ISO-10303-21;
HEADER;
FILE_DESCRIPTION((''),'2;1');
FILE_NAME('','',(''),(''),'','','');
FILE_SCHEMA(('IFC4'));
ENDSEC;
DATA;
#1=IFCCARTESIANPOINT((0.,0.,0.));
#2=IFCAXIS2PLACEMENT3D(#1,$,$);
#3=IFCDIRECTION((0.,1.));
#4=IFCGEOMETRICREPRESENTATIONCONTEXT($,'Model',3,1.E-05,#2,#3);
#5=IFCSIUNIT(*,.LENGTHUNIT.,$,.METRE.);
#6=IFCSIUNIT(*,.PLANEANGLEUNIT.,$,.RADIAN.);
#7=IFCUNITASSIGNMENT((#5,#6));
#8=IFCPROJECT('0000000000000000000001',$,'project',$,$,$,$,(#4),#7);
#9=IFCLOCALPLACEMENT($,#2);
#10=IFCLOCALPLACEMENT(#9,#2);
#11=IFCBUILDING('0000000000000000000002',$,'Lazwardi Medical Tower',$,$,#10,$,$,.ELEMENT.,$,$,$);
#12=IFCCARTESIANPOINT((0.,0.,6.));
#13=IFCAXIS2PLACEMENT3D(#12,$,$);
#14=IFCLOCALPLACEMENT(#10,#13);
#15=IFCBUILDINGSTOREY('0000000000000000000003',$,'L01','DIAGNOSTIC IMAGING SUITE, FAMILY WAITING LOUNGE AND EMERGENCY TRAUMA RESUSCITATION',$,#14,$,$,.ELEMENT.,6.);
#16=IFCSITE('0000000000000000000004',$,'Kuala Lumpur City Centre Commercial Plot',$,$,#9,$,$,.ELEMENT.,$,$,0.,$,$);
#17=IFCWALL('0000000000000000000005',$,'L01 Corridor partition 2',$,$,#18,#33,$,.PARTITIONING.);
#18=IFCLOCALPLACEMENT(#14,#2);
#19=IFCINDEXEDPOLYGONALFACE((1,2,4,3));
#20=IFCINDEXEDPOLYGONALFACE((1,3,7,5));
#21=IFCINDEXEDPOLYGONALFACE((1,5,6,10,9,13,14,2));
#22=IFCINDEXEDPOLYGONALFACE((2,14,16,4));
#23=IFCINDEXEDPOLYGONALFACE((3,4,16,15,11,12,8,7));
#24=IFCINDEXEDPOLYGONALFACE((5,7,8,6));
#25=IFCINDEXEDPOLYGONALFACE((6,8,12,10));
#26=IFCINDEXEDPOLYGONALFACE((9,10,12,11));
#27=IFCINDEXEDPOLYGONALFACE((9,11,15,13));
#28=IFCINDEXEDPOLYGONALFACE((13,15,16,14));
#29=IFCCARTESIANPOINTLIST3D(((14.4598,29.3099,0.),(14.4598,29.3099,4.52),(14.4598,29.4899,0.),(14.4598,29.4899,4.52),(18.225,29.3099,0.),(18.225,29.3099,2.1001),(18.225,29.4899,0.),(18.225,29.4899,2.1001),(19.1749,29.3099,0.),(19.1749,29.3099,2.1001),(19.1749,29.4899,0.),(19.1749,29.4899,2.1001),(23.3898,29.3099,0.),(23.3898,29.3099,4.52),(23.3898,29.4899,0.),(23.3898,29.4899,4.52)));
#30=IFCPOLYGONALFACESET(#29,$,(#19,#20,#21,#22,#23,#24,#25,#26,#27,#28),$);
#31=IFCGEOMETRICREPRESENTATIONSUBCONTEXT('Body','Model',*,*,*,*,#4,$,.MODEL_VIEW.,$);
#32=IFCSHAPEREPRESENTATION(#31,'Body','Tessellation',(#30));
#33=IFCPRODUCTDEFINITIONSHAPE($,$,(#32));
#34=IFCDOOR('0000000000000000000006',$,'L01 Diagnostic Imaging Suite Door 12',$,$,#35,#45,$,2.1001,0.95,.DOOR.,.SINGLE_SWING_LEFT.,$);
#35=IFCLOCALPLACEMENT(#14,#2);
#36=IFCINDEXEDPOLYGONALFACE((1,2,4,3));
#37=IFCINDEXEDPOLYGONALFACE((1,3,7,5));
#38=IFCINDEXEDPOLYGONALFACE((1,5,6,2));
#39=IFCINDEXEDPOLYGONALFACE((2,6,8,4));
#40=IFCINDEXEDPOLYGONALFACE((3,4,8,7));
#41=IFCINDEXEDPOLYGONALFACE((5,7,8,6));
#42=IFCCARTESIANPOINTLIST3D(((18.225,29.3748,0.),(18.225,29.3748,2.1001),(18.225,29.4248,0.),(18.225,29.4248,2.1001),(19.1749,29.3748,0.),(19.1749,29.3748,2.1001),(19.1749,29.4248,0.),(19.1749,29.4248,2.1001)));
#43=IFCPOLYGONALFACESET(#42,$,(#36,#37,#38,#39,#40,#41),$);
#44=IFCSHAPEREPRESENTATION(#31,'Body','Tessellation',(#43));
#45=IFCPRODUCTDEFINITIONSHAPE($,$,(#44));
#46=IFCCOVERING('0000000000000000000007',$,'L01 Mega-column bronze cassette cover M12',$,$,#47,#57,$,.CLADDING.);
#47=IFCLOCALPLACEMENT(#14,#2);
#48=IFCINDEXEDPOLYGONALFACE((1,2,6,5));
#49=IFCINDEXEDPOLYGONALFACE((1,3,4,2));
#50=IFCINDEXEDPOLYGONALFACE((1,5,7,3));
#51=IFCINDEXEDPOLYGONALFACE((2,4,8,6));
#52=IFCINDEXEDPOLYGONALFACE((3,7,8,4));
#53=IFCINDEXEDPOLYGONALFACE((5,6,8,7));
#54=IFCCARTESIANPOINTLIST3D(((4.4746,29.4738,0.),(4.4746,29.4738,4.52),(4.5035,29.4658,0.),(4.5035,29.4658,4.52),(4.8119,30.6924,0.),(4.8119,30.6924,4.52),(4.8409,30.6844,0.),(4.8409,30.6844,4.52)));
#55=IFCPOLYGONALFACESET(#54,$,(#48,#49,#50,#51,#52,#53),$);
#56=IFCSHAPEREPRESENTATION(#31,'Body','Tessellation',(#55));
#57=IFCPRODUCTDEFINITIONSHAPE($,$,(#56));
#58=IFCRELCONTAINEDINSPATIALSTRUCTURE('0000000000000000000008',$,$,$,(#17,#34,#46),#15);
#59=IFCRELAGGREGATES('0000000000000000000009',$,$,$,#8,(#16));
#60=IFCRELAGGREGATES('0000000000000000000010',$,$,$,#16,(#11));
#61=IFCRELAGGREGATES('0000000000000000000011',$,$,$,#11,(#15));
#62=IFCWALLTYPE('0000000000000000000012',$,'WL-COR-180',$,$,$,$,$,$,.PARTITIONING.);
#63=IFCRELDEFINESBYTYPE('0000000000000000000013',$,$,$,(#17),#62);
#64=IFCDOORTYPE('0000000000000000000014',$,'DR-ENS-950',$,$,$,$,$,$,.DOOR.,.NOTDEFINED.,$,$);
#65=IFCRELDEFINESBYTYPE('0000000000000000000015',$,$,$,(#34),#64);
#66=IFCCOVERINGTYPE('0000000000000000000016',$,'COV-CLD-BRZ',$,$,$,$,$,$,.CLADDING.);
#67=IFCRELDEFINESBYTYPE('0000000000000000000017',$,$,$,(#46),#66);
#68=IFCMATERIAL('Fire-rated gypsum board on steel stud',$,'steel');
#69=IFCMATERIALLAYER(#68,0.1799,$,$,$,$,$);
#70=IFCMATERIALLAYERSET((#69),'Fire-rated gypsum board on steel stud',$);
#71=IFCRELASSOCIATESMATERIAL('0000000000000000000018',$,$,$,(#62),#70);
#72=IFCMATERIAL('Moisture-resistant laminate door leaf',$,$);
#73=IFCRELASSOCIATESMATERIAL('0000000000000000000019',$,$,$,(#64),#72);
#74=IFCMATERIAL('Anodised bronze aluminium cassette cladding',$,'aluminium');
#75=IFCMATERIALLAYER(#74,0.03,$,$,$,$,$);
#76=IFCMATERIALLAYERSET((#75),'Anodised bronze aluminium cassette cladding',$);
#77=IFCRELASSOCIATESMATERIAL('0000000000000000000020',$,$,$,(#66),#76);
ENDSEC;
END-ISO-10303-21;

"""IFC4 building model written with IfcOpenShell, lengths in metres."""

from ifc_helpers import new_model, si_unit, direction, frame, frame_2d, origin, origin_2d, place, context, subcontext, project, spatial, rectangle, extrude, material, layer, layer_set, type_object, element, fill, save


model = new_model("IFC4")

# Units and contexts
model_context = context("Model", 3, precision=1e-05, world=origin(), true_north=direction((0.0, 1.0)))
body_context = subcontext(model_context, "Body", "Model", "MODEL_VIEW")
ifc_project = project(units=[si_unit("LENGTHUNIT", "METRE"), si_unit("PLANEANGLEUNIT", "RADIAN")], contexts=[model_context])

# Site, building, storey
site_placement = place(None, origin())
site = spatial("IfcSite", under=ifc_project, at=site_placement, Name="Kuala Lumpur City Centre Commercial Plot", CompositionType="ELEMENT", RefElevation=0.0)
building_placement = place(site_placement, origin())
building = spatial("IfcBuilding", under=site, at=building_placement, Name="Lazwardi Medical Tower", CompositionType="ELEMENT")
storey_placement = place(building_placement, frame((0.0, 0.0, 6.0)))
storey = spatial("IfcBuildingStorey", under=building, at=storey_placement, Name="L01", Description="DIAGNOSTIC IMAGING SUITE, FAMILY WAITING LOUNGE AND EMERGENCY TRAUMA RESUSCITATION", CompositionType="ELEMENT", Elevation=6.0)

# Wall, opening, door
ifc_material_1 = material(Name="Fire-rated gypsum board on steel stud", Category="steel")
ifc_layer_1 = layer(ifc_material_1, 0.1799)
ifc_layer_set_1 = layer_set([ifc_layer_1], Name="Fire-rated gypsum board on steel stud")
wall_type = type_object("IfcWallType", Name="WL-COR-180", PredefinedType="PARTITIONING", material=ifc_layer_set_1)
wall_placement = place(storey_placement, frame((14.46, 29.3999, 0.0), z_axis=(0.0, 0.0, 1.0), x_axis=(1.0, 0.0, 0.0)))
wall = element("IfcWall", 1, at=wall_placement, inside=storey, type_object=wall_type, Name="L01 Corridor partition 2", PredefinedType="PARTITIONING", context=body_context, shape_type="SweptSolid", body=[
    extrude(rectangle(XDim=8.9299, YDim=0.1799, at=frame_2d((4.4648, 0.0))), origin(), (0.0, 0.0, 1.0), 4.52),
])
opening_placement = place(wall_placement, frame((3.7649, 0.0, 0.0)))
opening = element("IfcOpeningElement", 2, at=opening_placement, cuts=wall, PredefinedType="OPENING", context=body_context, shape_type="SweptSolid", body=[
    extrude(rectangle(XDim=0.95, YDim=2.1001, at=frame_2d((0.4751, 1.05))), frame((0.0, 0.0999, 0.0), z_axis=(0.0, -1.0, 0.0), x_axis=(1.0, 0.0, 0.0)), (0.0, 0.0, 1.0), 0.2),
])
ifc_material_2 = material(Name="Moisture-resistant laminate door leaf")
door_type = type_object("IfcDoorType", Name="DR-ENS-950", OperationType="NOTDEFINED", PredefinedType="DOOR", material=ifc_material_2)
door_placement = place(opening_placement, origin())
door = element("IfcDoor", 3, at=door_placement, inside=storey, type_object=door_type, Name="L01 Diagnostic Imaging Suite Door 12", OperationType="SINGLE_SWING_LEFT", OverallHeight=2.1001, OverallWidth=0.95, PredefinedType="DOOR", context=body_context, shape_type="SweptSolid", body=[
    extrude(rectangle(XDim=0.95, YDim=2.1001, at=frame_2d((0.4751, 1.05))), frame((0.0, 0.0249, 0.0), z_axis=(0.0, -1.0, 0.0), x_axis=(1.0, 0.0, 0.0)), (0.0, 0.0, 1.0), 0.05),
])
fill(opening, door)

# Covering
ifc_material_3 = material(Name="Anodised bronze aluminium cassette cladding", Category="aluminium")
ifc_layer_2 = layer(ifc_material_3, 0.03)
ifc_layer_set_2 = layer_set([ifc_layer_2], Name="Anodised bronze aluminium cassette cladding")
covering_type = type_object("IfcCoveringType", Name="COV-CLD-BRZ", PredefinedType="CLADDING", material=ifc_layer_set_2)
covering_placement = place(storey_placement, frame((4.6577, 30.0791, 0.0), z_axis=(0.0, 0.0, 1.0), x_axis=(-0.266836, -0.963742, 0.0)))
element("IfcCovering", 4, at=covering_placement, inside=storey, type_object=covering_type, Name="L01 Mega-column bronze cassette cover M12", PredefinedType="CLADDING", context=body_context, shape_type="SweptSolid", body=[
    extrude(rectangle(XDim=1.2644, YDim=0.03, at=origin_2d()), origin(), (0.0, 0.0, 1.0), 4.52),
])

save(model, "model.ifc")
